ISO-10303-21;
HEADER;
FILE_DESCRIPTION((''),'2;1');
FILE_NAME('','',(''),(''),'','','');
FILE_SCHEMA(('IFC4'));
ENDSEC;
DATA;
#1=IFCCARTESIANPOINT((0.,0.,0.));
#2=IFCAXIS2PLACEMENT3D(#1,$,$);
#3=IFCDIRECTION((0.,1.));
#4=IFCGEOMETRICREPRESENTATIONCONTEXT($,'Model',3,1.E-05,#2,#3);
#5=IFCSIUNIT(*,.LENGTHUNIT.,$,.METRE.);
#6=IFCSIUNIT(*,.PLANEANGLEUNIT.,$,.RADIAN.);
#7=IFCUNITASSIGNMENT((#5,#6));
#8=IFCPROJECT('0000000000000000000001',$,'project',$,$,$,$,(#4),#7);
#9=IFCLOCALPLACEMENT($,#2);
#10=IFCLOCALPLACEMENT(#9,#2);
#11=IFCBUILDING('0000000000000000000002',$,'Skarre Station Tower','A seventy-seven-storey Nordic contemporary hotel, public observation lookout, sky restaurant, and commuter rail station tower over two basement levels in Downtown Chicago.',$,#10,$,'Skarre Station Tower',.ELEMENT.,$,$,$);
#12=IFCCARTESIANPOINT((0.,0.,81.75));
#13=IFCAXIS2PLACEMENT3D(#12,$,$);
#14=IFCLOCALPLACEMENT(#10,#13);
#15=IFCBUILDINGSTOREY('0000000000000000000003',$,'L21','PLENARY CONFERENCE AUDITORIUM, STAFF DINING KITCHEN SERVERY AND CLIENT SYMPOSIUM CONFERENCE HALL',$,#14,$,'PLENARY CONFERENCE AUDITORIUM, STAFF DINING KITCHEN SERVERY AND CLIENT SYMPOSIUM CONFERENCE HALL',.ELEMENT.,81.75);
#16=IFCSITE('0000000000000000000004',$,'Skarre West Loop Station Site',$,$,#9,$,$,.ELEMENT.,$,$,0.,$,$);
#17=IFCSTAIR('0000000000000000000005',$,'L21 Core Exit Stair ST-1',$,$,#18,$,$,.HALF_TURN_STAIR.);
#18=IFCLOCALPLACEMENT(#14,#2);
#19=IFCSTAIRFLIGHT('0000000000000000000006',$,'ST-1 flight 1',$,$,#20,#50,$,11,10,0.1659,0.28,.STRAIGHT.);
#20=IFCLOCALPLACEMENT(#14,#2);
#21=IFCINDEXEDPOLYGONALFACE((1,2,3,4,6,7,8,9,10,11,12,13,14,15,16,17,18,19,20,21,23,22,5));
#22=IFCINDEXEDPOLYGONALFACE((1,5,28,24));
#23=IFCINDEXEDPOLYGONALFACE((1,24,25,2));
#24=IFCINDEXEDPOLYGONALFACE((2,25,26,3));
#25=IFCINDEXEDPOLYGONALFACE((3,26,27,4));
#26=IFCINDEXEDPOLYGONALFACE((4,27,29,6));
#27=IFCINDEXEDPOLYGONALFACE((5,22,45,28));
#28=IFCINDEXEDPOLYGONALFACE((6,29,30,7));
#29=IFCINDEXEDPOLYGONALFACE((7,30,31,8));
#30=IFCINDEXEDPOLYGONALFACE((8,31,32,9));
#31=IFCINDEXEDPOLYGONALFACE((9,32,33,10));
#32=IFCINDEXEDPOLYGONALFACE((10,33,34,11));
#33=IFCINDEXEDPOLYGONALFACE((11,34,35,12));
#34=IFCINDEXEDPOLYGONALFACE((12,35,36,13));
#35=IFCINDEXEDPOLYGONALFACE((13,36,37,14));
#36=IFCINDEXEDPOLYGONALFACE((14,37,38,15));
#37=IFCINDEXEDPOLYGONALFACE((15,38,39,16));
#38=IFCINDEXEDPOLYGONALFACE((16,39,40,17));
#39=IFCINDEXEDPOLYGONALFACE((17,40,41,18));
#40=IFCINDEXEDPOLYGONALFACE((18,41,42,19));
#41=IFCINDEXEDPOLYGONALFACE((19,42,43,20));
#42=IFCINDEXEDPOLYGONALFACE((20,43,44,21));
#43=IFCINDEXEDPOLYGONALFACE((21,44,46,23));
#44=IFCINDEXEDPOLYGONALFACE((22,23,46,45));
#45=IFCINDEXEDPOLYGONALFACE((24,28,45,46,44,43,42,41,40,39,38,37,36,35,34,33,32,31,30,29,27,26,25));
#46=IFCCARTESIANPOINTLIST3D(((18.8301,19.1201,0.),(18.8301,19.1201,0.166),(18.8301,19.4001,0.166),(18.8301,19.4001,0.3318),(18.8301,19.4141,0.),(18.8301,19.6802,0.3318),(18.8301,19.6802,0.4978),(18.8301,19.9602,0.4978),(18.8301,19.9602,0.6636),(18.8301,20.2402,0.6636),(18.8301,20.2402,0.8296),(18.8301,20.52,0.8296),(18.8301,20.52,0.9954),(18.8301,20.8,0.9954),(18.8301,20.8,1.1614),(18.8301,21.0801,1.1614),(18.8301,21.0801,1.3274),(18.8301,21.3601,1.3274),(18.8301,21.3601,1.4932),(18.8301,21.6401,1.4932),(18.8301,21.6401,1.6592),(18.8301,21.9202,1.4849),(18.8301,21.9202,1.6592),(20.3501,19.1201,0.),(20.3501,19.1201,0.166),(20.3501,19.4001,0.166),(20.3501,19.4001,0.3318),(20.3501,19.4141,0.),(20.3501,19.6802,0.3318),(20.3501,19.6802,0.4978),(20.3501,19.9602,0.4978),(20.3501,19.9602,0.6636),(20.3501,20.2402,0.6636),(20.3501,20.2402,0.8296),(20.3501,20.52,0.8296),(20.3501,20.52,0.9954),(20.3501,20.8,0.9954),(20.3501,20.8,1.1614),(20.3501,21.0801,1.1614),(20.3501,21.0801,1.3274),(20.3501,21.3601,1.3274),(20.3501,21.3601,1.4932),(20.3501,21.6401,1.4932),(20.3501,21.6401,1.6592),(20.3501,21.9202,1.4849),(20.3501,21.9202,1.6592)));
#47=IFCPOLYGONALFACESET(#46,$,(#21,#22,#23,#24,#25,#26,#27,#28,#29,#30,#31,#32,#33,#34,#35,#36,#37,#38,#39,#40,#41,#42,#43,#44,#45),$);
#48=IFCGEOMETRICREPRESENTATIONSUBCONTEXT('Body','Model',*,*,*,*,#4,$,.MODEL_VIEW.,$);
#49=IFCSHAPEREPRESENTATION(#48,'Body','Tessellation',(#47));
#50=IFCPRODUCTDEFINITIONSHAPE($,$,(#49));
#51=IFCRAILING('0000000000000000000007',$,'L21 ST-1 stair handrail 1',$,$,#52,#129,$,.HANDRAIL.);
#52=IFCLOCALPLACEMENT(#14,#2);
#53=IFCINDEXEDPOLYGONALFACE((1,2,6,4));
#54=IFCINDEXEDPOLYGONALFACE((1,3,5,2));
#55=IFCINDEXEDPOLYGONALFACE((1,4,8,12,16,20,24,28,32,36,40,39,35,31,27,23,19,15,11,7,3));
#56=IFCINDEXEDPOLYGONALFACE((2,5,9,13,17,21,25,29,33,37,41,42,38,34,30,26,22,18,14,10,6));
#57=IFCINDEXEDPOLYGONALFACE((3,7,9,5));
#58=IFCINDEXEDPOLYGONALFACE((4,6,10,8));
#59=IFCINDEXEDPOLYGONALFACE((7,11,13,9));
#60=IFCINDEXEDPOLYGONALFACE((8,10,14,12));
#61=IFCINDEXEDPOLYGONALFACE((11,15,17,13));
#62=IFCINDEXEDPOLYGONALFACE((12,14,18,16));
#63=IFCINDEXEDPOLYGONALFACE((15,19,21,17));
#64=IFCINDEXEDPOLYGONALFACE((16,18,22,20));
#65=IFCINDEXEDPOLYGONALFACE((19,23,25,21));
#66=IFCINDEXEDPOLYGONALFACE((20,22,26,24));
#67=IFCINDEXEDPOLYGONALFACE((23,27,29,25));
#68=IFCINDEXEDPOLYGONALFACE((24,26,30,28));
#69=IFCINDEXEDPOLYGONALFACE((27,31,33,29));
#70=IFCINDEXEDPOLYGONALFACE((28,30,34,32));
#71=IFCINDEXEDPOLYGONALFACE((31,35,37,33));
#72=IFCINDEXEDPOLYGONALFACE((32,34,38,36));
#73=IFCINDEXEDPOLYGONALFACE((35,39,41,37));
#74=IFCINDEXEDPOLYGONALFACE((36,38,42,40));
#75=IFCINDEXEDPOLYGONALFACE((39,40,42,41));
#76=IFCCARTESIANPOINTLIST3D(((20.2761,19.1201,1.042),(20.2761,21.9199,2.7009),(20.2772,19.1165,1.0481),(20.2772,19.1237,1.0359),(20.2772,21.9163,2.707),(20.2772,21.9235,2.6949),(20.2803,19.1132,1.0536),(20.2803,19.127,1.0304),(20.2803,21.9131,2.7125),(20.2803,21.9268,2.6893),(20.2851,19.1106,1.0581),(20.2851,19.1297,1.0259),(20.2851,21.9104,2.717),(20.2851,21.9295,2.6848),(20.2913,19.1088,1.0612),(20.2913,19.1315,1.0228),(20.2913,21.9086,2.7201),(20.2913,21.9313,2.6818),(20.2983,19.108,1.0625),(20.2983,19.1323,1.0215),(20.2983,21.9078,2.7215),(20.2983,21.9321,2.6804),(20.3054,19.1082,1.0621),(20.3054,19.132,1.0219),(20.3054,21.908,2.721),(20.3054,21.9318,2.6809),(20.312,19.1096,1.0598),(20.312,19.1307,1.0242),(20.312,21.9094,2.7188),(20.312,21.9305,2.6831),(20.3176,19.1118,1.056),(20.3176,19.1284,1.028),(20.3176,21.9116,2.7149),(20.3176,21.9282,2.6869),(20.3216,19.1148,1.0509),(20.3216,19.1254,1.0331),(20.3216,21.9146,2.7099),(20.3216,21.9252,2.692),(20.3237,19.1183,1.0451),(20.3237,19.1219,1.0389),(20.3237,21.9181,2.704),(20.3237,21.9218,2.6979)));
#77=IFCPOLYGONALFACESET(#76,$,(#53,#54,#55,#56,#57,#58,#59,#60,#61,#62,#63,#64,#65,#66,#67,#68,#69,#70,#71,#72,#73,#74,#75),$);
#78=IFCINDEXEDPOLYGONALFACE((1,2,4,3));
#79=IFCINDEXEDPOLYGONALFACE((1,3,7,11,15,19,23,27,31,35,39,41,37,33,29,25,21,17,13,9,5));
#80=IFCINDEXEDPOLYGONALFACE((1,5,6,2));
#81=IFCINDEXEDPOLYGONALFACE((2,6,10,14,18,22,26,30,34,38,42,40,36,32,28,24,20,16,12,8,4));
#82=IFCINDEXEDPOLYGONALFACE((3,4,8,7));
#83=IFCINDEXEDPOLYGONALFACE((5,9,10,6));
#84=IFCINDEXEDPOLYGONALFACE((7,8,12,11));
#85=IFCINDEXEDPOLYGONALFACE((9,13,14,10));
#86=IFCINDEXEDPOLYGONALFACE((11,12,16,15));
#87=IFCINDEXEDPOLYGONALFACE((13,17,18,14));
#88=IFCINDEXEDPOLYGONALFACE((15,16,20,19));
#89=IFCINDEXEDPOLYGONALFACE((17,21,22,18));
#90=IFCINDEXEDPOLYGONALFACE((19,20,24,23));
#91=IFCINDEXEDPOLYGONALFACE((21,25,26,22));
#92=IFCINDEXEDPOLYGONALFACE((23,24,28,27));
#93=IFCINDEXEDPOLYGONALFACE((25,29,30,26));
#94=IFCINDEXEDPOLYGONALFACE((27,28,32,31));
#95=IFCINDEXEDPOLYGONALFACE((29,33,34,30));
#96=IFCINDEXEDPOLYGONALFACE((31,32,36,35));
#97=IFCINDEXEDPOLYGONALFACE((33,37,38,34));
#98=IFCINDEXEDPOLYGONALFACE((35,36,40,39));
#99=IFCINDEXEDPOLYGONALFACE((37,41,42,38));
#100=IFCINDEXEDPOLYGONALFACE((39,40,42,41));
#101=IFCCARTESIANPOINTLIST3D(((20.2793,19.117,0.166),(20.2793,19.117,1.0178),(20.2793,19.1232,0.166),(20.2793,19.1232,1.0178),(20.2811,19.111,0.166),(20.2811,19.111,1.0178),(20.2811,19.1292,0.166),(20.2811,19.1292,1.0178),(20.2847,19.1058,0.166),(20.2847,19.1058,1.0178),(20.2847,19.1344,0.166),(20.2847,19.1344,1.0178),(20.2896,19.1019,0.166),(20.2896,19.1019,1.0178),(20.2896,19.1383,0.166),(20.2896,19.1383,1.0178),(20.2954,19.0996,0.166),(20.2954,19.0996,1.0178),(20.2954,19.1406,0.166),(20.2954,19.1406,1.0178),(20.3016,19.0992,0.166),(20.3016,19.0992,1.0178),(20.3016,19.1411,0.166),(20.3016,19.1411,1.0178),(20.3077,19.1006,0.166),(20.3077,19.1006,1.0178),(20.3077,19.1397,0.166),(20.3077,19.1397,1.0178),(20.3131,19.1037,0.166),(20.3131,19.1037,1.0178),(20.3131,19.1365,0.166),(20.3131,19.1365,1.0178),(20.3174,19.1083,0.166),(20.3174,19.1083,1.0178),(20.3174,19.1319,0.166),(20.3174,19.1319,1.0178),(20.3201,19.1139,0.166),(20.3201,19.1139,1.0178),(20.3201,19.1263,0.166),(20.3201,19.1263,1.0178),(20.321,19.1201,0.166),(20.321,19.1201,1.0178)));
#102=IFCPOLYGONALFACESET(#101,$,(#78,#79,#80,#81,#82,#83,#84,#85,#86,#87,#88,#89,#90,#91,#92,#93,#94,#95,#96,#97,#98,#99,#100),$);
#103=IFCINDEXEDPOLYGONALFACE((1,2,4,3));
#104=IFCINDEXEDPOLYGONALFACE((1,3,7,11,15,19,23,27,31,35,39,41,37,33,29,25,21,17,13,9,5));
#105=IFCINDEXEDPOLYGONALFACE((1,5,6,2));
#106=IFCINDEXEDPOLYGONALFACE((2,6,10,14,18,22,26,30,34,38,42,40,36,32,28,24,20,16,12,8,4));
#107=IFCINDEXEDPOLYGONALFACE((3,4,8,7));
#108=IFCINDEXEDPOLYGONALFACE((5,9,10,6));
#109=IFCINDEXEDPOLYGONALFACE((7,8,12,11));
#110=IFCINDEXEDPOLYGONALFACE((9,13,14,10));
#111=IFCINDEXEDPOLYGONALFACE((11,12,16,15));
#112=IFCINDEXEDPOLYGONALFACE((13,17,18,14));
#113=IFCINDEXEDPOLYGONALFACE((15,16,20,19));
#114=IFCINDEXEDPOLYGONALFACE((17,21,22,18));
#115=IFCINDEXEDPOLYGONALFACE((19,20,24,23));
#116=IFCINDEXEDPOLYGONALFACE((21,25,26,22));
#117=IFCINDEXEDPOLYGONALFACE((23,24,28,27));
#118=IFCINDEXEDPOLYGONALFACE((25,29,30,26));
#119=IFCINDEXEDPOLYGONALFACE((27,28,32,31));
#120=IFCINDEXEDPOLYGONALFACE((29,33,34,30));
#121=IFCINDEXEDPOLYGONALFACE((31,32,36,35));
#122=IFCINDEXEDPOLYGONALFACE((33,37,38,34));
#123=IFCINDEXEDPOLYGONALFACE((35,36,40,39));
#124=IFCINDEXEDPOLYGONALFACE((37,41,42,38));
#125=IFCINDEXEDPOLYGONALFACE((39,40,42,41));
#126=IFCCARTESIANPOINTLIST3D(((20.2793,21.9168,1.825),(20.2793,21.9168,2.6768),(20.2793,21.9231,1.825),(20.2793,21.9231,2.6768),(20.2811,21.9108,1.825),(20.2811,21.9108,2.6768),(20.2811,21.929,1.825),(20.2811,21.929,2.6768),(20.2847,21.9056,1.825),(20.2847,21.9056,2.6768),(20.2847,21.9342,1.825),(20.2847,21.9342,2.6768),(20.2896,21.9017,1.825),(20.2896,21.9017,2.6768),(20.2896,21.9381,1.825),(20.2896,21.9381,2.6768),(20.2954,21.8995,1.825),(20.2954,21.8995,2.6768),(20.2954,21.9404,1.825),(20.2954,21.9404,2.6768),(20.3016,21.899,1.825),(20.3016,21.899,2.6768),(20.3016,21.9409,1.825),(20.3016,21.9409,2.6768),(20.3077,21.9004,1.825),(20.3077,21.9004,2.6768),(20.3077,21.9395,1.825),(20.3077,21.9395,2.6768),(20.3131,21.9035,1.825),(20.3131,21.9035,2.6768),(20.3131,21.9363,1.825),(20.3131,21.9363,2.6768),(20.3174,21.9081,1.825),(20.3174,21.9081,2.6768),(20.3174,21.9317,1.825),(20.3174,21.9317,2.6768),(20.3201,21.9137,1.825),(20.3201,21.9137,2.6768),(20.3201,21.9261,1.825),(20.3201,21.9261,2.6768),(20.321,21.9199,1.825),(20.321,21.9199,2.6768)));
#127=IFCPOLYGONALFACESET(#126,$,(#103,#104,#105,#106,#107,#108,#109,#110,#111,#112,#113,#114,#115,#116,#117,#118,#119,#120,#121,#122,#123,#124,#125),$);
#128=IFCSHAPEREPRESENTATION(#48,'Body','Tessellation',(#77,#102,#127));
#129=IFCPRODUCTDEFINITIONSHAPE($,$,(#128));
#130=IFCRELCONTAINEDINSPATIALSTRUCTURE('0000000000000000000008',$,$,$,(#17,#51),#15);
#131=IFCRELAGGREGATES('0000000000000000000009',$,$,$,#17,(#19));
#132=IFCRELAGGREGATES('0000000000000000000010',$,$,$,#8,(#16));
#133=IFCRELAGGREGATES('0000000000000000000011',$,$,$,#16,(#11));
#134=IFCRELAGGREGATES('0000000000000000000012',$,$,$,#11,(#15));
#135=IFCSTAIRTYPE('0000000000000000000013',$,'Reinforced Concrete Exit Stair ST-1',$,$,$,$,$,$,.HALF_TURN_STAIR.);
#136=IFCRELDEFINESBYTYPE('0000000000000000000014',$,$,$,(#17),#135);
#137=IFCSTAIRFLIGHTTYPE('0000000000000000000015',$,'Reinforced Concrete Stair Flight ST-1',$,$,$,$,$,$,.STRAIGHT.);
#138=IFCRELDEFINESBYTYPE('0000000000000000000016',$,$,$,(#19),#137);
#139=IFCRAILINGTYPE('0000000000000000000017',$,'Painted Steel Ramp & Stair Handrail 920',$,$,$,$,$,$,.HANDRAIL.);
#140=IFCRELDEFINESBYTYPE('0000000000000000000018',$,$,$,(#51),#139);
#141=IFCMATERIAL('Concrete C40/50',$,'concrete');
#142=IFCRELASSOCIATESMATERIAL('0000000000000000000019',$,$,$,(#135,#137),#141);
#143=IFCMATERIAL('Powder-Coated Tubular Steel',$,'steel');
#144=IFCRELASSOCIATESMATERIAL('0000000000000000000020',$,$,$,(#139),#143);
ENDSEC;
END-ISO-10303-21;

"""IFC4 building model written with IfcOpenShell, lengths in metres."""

from ifc_helpers import new_model, si_unit, direction, frame, origin, origin_2d, place, context, subcontext, project, spatial, polyline, circle, outline, extrude, material, type_object, element, aggregate, save


model = new_model("IFC4")

# Units and contexts
model_context = context("Model", 3, precision=1e-05, world=origin(), true_north=direction((0.0, 1.0)))
body_context = subcontext(model_context, "Body", "Model", "MODEL_VIEW")
ifc_project = project(units=[si_unit("LENGTHUNIT", "METRE"), si_unit("PLANEANGLEUNIT", "RADIAN")], contexts=[model_context])

# Site, building, storey
site_placement = place(None, origin())
site = spatial("IfcSite", under=ifc_project, at=site_placement, Name="Skarre West Loop Station Site", CompositionType="ELEMENT", RefElevation=0.0)
building_placement = place(site_placement, origin())
building = spatial("IfcBuilding", under=site, at=building_placement, Name="Skarre Station Tower", Description="A seventy-seven-storey Nordic contemporary hotel, public observation lookout, sky restaurant, and commuter rail station tower over two basement levels in Downtown Chicago.", LongName="Skarre Station Tower", CompositionType="ELEMENT")
storey_placement = place(building_placement, frame((0.0, 0.0, 81.75)))
storey = spatial("IfcBuildingStorey", under=building, at=storey_placement, Name="L21", Description="PLENARY CONFERENCE AUDITORIUM, STAFF DINING KITCHEN SERVERY AND CLIENT SYMPOSIUM CONFERENCE HALL", LongName="PLENARY CONFERENCE AUDITORIUM, STAFF DINING KITCHEN SERVERY AND CLIENT SYMPOSIUM CONFERENCE HALL", CompositionType="ELEMENT", Elevation=81.75)

# Stair
ifc_material_1 = material(Name="Concrete C40/50", Category="concrete")
stair_type_1 = type_object("IfcStairType", Name="Reinforced Concrete Exit Stair ST-1", PredefinedType="HALF_TURN_STAIR", material=ifc_material_1)
stair_1_placement = place(storey_placement, origin())
stair_1 = element("IfcStair", 1, at=stair_1_placement, inside=storey, type_object=stair_type_1, Name="L21 Core Exit Stair ST-1", PredefinedType="HALF_TURN_STAIR")

# Stair flight
stair_flight_type = type_object("IfcStairFlightType", Name="Reinforced Concrete Stair Flight ST-1", PredefinedType="STRAIGHT", material=ifc_material_1)
stair_flight_placement = place(storey_placement, frame((19.5901, 19.1201, 0.0), z_axis=(0.0, 0.0, 1.0), x_axis=(0.0, 1.0, 0.0)))
stair_flight = element("IfcStairFlight", 2, at=stair_flight_placement, type_object=stair_flight_type, Name="ST-1 flight 1", NumberOfRisers=11, NumberOfTreads=10, PredefinedType="STRAIGHT", RiserHeight=0.1659, TreadLength=0.28, context=body_context, shape_type="SweptSolid", body=[
    extrude(outline(polyline([(0.0, 0.0), (0.0, 0.166), (0.28, 0.166), (0.28, 0.3318), (0.5601, 0.3318), (0.5601, 0.4978), (0.8401, 0.4978), (0.8401, 0.6636), (1.1201, 0.6636), (1.1201, 0.8296), (1.3999, 0.8296), (1.3999, 0.9954), (1.6799, 0.9954), (1.6799, 1.1614), (1.96, 1.1614), (1.96, 1.3274), (2.24, 1.3274), (2.24, 1.4932), (2.52, 1.4932), (2.52, 1.6592), (2.8, 1.6592), (2.8, 1.825), (2.8, 1.4849), (0.2939, 0.0), (0.0, 0.0)])), frame((0.0, 0.76, 0.0), z_axis=(0.0, -1.0, 0.0), x_axis=(1.0, 0.0, 0.0)), (0.0, 0.0, 1.0), 1.52),
])
aggregate(stair_1, [stair_flight])

# Railing
ifc_material_2 = material(Name="Powder-Coated Tubular Steel", Category="steel")
railing_type_1 = type_object("IfcRailingType", Name="Painted Steel Ramp & Stair Handrail 920", PredefinedType="HANDRAIL", material=ifc_material_2)
railing_1_placement = place(storey_placement, frame((20.3, 19.1201, 0.166)))
element("IfcRailing", 3, at=railing_1_placement, inside=storey, type_object=railing_type_1, Name="L21 ST-1 stair handrail 1", PredefinedType="HANDRAIL", context=body_context, shape_type="SweptSolid", body=[
    extrude(circle(Radius=0.0239, at=origin_2d()), frame((0.0, 0.0, 0.876), z_axis=(0.0, 0.86032, 0.509755), x_axis=(-1.0, 0.0, 0.0)), (0.0, 0.0, 1.0), 3.2544),
    extrude(circle(Radius=0.021, at=origin_2d()), origin(), (0.0, 0.0, 1.0), 0.8518),
    extrude(circle(Radius=0.021, at=origin_2d()), frame((0.0, 2.7998, 1.6589)), (0.0, 0.0, 1.0), 0.8518),
])

save(model, "model.ifc")
